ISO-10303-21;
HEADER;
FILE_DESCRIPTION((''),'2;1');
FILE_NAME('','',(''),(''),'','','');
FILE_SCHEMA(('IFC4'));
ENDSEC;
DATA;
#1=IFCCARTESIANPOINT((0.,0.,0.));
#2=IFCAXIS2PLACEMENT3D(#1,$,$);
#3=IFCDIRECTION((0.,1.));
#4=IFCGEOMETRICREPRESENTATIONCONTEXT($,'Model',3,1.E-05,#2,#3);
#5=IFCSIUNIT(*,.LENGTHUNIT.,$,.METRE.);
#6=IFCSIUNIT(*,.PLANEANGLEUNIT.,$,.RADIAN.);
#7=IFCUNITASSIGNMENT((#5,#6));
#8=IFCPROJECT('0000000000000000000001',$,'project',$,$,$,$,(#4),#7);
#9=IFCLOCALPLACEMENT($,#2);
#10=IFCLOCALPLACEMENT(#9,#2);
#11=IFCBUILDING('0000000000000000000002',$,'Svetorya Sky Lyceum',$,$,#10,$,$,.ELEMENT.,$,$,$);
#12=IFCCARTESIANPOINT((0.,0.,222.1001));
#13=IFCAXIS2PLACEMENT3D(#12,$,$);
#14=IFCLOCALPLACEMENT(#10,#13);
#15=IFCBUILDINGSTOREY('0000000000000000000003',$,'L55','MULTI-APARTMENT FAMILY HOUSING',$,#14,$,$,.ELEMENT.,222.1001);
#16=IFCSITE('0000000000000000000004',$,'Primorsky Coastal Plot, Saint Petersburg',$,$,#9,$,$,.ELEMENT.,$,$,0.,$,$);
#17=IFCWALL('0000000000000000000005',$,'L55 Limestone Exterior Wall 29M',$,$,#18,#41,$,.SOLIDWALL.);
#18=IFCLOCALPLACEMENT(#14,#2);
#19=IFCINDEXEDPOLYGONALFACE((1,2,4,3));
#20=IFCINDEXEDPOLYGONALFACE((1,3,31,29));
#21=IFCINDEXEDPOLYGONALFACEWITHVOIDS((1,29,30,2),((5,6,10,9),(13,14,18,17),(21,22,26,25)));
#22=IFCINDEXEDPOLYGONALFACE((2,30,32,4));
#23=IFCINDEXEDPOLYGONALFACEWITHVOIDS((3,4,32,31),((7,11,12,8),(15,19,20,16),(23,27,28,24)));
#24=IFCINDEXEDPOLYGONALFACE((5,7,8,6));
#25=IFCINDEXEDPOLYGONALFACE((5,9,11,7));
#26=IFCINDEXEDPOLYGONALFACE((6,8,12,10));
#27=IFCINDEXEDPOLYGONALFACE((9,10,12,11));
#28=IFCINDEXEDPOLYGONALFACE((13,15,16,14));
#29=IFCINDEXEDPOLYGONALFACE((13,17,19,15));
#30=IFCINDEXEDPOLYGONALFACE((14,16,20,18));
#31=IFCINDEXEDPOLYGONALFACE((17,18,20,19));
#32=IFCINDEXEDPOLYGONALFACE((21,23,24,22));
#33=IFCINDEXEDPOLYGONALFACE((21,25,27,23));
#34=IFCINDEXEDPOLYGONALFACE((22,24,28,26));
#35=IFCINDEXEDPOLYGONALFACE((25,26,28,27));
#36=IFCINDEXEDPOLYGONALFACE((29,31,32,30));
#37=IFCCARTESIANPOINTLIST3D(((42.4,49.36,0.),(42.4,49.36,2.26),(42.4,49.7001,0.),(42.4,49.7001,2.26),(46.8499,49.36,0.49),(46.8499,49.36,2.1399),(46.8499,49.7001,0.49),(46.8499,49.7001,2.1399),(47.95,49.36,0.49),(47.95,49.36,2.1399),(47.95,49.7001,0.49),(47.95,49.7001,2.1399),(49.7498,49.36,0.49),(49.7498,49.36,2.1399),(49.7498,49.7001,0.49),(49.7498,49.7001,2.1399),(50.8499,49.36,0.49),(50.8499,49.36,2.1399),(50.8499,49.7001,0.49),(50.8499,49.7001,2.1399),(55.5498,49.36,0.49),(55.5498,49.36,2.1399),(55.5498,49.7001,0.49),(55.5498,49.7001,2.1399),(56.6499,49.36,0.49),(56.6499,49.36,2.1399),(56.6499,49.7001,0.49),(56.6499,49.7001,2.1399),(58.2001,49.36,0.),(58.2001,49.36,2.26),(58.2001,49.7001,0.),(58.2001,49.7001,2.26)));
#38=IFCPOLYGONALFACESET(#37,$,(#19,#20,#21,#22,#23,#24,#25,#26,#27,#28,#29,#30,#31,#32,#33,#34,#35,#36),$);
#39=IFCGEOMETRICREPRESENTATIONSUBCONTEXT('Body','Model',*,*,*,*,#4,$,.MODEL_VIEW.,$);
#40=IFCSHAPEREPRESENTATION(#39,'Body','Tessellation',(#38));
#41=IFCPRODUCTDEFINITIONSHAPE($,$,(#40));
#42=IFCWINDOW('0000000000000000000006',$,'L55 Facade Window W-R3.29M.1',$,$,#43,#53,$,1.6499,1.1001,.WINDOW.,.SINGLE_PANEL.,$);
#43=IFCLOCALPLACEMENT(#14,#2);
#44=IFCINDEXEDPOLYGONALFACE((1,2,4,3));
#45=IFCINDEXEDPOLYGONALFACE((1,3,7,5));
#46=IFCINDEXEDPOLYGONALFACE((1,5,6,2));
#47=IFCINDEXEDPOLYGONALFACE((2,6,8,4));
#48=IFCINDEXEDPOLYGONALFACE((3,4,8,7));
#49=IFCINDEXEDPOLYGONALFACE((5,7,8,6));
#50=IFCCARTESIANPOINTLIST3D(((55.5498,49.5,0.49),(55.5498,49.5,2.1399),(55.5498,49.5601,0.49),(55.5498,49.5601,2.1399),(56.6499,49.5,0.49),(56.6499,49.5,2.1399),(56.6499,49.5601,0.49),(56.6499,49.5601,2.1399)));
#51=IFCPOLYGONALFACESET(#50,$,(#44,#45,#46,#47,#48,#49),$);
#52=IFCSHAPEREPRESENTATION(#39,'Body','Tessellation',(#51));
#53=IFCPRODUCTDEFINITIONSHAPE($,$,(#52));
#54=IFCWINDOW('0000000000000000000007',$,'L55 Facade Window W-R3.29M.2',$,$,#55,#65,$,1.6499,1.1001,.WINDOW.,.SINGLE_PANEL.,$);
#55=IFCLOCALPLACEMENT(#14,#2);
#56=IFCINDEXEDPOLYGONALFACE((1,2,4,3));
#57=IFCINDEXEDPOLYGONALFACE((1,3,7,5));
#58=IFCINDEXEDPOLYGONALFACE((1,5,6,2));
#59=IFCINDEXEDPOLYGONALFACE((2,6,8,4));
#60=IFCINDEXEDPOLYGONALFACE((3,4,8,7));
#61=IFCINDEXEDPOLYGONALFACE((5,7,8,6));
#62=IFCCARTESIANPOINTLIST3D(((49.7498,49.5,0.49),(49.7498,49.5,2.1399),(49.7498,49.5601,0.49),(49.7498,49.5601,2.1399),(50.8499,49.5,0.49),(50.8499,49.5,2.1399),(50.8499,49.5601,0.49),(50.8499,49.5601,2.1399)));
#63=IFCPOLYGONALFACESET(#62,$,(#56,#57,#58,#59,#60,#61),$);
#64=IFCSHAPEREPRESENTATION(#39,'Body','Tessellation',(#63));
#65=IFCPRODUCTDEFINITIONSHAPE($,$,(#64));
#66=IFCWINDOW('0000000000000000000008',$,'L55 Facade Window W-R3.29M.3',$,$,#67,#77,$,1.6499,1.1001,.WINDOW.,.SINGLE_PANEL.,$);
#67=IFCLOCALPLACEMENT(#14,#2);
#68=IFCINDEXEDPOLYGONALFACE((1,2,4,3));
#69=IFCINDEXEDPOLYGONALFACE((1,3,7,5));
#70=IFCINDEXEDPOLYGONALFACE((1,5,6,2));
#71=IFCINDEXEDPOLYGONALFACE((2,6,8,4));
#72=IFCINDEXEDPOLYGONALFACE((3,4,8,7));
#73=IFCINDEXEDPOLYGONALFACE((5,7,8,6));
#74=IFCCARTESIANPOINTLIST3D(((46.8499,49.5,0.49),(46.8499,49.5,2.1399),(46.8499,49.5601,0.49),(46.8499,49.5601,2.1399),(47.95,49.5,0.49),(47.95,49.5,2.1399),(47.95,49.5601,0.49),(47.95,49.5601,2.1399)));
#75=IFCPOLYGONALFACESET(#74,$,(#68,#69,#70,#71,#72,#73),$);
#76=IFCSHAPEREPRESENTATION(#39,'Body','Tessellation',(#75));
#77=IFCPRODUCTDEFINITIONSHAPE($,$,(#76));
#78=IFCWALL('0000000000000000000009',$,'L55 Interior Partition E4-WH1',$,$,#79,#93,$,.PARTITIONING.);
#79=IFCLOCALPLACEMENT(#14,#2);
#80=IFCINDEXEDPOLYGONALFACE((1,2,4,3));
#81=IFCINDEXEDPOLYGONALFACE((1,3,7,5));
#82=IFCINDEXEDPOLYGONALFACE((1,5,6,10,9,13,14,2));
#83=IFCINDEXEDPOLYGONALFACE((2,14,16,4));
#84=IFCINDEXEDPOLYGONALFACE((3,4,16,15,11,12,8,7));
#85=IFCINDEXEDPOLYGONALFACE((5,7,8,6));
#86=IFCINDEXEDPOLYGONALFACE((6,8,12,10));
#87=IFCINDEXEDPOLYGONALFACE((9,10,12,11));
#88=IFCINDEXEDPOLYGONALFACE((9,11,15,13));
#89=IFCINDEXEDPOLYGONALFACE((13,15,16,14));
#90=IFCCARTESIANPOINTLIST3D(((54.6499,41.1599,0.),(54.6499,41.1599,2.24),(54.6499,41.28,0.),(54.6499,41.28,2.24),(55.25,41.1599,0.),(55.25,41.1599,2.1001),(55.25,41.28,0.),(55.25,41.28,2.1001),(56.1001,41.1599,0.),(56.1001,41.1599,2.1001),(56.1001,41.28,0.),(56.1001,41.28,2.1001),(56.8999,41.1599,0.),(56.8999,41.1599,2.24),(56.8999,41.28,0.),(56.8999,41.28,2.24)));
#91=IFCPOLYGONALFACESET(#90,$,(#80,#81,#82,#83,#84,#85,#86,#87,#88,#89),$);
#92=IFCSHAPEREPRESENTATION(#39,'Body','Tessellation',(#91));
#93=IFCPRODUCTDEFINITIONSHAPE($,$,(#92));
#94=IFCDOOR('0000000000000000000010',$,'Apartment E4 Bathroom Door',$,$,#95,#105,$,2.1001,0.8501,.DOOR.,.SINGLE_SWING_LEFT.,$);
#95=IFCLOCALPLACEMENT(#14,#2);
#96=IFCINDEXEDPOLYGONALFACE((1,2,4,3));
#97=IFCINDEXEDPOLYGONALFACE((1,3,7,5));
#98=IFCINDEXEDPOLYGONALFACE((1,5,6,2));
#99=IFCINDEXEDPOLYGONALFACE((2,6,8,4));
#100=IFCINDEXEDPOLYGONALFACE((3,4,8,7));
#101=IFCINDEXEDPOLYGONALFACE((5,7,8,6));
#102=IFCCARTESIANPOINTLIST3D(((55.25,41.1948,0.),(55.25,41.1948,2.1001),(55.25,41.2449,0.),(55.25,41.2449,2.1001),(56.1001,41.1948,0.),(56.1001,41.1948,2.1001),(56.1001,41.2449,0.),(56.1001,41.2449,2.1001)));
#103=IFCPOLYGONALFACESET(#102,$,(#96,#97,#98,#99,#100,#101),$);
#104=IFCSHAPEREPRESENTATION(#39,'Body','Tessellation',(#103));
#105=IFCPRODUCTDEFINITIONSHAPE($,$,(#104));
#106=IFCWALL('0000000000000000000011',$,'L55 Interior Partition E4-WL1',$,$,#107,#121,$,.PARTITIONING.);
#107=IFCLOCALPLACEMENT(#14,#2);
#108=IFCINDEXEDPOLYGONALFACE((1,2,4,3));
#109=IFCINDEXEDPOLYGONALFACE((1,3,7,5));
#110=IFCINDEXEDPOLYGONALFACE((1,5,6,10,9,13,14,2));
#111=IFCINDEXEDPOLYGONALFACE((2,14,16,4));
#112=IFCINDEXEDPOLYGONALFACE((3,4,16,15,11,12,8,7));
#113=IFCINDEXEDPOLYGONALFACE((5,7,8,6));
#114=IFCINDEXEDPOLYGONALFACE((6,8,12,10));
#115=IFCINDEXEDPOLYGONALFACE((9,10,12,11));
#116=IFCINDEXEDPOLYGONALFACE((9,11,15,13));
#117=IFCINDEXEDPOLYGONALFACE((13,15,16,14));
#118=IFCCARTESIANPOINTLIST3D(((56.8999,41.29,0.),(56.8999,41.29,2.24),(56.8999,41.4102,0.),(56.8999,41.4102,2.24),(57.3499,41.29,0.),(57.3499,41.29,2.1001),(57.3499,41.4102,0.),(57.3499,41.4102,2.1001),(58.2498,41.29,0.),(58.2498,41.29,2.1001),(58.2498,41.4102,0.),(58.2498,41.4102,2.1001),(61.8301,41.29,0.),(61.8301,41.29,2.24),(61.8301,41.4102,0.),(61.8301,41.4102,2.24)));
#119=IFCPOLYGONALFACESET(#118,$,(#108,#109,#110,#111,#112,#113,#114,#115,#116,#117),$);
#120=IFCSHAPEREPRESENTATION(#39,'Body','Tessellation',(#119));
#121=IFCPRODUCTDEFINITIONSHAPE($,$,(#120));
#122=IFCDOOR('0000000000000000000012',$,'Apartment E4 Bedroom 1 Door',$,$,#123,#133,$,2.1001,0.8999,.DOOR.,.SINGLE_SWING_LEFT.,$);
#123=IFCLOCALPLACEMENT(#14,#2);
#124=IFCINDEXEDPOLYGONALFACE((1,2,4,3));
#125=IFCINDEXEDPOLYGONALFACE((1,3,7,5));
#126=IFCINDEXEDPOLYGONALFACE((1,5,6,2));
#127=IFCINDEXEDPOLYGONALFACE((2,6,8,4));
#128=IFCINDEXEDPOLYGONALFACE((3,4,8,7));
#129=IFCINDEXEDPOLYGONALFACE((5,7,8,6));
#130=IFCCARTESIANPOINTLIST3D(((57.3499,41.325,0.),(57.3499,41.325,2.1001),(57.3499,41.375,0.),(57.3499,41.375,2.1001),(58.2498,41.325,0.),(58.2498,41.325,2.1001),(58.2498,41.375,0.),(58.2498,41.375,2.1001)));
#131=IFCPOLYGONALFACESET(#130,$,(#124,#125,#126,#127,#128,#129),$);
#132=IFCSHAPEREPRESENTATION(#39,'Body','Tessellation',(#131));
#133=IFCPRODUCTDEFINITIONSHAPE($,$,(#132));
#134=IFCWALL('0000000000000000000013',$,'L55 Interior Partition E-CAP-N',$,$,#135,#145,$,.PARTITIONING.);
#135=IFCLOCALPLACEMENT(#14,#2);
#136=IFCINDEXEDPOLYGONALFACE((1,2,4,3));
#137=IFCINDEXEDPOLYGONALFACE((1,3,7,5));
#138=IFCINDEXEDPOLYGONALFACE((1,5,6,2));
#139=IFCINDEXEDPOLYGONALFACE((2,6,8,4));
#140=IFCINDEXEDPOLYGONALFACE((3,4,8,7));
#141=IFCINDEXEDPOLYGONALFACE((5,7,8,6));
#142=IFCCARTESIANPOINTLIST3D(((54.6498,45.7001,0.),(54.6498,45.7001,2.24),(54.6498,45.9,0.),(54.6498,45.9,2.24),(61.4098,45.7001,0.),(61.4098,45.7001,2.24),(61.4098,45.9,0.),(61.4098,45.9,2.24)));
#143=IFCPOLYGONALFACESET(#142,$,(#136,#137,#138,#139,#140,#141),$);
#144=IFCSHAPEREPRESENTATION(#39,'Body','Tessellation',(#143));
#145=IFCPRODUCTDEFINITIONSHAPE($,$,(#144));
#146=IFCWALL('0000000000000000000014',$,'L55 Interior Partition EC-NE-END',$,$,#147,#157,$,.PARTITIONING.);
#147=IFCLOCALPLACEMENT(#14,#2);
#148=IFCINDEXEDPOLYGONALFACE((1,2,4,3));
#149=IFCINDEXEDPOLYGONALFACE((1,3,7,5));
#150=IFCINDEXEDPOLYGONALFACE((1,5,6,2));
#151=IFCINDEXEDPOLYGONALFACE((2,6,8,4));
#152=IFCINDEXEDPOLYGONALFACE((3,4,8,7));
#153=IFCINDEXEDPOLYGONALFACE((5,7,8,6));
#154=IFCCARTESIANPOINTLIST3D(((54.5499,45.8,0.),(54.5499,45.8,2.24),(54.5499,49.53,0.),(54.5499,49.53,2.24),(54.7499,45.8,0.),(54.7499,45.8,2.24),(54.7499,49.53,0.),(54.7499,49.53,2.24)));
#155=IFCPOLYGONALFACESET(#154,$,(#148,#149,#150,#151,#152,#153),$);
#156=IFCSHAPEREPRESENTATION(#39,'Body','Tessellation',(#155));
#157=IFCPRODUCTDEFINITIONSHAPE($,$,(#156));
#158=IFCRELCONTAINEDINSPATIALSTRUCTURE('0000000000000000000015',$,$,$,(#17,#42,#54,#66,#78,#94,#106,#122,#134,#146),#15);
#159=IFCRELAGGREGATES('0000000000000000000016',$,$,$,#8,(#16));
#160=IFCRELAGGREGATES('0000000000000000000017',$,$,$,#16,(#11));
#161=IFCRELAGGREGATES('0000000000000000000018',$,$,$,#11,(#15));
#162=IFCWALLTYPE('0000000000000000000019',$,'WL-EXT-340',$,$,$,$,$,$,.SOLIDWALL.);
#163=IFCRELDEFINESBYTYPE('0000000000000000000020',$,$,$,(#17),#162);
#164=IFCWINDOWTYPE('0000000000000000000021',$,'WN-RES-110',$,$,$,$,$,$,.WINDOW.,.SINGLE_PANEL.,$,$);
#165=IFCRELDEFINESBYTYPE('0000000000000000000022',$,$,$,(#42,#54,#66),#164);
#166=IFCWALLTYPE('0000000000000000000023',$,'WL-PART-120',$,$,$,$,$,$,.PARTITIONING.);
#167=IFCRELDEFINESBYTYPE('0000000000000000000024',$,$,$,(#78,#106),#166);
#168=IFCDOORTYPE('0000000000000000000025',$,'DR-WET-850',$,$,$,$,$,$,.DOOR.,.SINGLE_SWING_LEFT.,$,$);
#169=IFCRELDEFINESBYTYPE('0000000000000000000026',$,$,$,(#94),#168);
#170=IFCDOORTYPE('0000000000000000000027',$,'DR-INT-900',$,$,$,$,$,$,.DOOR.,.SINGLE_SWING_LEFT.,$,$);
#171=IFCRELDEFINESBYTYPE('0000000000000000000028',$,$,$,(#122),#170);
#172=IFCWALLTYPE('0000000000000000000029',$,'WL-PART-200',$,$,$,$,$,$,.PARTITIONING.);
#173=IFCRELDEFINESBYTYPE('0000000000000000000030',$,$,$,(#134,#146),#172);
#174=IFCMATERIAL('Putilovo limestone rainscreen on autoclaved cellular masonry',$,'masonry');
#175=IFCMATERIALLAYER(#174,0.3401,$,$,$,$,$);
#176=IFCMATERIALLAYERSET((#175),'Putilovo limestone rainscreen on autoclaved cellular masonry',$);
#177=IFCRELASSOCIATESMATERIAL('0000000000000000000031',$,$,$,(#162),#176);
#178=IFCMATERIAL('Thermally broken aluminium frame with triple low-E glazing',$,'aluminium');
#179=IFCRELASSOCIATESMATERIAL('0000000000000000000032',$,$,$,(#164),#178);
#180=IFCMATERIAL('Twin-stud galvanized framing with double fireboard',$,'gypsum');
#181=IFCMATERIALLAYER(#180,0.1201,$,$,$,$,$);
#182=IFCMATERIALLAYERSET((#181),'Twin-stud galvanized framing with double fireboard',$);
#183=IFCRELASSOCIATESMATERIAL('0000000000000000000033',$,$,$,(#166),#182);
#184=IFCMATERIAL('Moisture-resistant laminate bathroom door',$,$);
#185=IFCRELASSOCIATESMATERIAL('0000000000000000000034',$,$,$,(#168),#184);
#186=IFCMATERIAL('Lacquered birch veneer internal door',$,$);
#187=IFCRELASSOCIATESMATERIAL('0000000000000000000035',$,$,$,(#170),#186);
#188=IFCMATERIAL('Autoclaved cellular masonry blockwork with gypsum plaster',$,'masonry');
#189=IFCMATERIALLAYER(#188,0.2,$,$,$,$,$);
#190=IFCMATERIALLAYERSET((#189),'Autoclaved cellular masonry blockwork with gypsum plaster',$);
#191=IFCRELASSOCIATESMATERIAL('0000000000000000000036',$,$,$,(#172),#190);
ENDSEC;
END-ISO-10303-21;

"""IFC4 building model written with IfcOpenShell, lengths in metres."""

from ifc_helpers import new_model, si_unit, direction, frame, frame_2d, origin, place, context, subcontext, project, spatial, rectangle, extrude, material, layer, layer_set, type_object, element, fill, save


model = new_model("IFC4")

# Units and contexts
model_context = context("Model", 3, precision=1e-05, world=origin(), true_north=direction((0.0, 1.0)))
body_context = subcontext(model_context, "Body", "Model", "MODEL_VIEW")
ifc_project = project(units=[si_unit("LENGTHUNIT", "METRE"), si_unit("PLANEANGLEUNIT", "RADIAN")], contexts=[model_context])

# Site, building, storey
site_placement = place(None, origin())
site = spatial("IfcSite", under=ifc_project, at=site_placement, Name="Primorsky Coastal Plot, Saint Petersburg", CompositionType="ELEMENT", RefElevation=0.0)
building_placement = place(site_placement, origin())
building = spatial("IfcBuilding", under=site, at=building_placement, Name="Svetorya Sky Lyceum", CompositionType="ELEMENT")
storey_placement = place(building_placement, frame((0.0, 0.0, 222.1001)))
storey = spatial("IfcBuildingStorey", under=building, at=storey_placement, Name="L55", Description="MULTI-APARTMENT FAMILY HOUSING", CompositionType="ELEMENT", Elevation=222.1001)

# Shared definitions
ifc_material_1 = material(Name="Putilovo limestone rainscreen on autoclaved cellular masonry", Category="masonry")
ifc_layer_1 = layer(ifc_material_1, 0.3401)
ifc_layer_set_1 = layer_set([ifc_layer_1], Name="Putilovo limestone rainscreen on autoclaved cellular masonry")
wall_type_1 = type_object("IfcWallType", Name="WL-EXT-340", PredefinedType="SOLIDWALL", material=ifc_layer_set_1)

# Wall, openings, windows
wall_1_placement = place(storey_placement, frame((58.2, 49.53, 0.0), z_axis=(0.0, 0.0, 1.0), x_axis=(-1.0, 0.0, 0.0)))
wall_1 = element("IfcWall", 1, at=wall_1_placement, inside=storey, type_object=wall_type_1, Name="L55 Limestone Exterior Wall 29M", PredefinedType="SOLIDWALL", context=body_context, shape_type="SweptSolid", body=[
    extrude(rectangle(XDim=15.8, YDim=0.3401, at=frame_2d((7.8999, 0.0))), origin(), (0.0, 0.0, 1.0), 2.26),
])
opening_1_placement = place(wall_1_placement, frame((1.55, 0.0, 0.49)))
opening_1 = element("IfcOpeningElement", 2, at=opening_1_placement, cuts=wall_1, PredefinedType="OPENING", context=body_context, shape_type="SweptSolid", body=[
    extrude(rectangle(XDim=1.1001, YDim=1.6499, at=frame_2d((0.55, 0.825))), frame((0.0, 0.1799, 0.0), z_axis=(0.0, -1.0, 0.0), x_axis=(1.0, 0.0, 0.0)), (0.0, 0.0, 1.0), 0.3601),
])
opening_2_placement = place(wall_1_placement, frame((7.3501, 0.0, 0.49)))
opening_2 = element("IfcOpeningElement", 3, at=opening_2_placement, cuts=wall_1, PredefinedType="OPENING", context=body_context, shape_type="SweptSolid", body=[
    extrude(rectangle(XDim=1.1001, YDim=1.6499, at=frame_2d((0.55, 0.825))), frame((0.0, 0.1799, 0.0), z_axis=(0.0, -1.0, 0.0), x_axis=(1.0, 0.0, 0.0)), (0.0, 0.0, 1.0), 0.3601),
])
opening_3_placement = place(wall_1_placement, frame((10.25, 0.0, 0.49)))
opening_3 = element("IfcOpeningElement", 4, at=opening_3_placement, cuts=wall_1, PredefinedType="OPENING", context=body_context, shape_type="SweptSolid", body=[
    extrude(rectangle(XDim=1.1001, YDim=1.6499, at=frame_2d((0.55, 0.825))), frame((0.0, 0.1799, 0.0), z_axis=(0.0, -1.0, 0.0), x_axis=(1.0, 0.0, 0.0)), (0.0, 0.0, 1.0), 0.3601),
])
ifc_material_2 = material(Name="Thermally broken aluminium frame with triple low-E glazing", Category="aluminium")
window_type = type_object("IfcWindowType", Name="WN-RES-110", PartitioningType="SINGLE_PANEL", PredefinedType="WINDOW", material=ifc_material_2)
window_1_placement = place(opening_1_placement, origin())
window_1 = element("IfcWindow", 5, at=window_1_placement, inside=storey, type_object=window_type, Name="L55 Facade Window W-R3.29M.1", OverallHeight=1.6499, OverallWidth=1.1001, PartitioningType="SINGLE_PANEL", PredefinedType="WINDOW", context=body_context, shape_type="SweptSolid", body=[
    extrude(rectangle(XDim=1.1001, YDim=1.6499, at=frame_2d((0.55, 0.825))), frame((0.0, 0.03, 0.0), z_axis=(0.0, -1.0, 0.0), x_axis=(1.0, 0.0, 0.0)), (0.0, 0.0, 1.0), 0.0601),
])
fill(opening_1, window_1)
window_2_placement = place(opening_2_placement, origin())
window_2 = element("IfcWindow", 6, at=window_2_placement, inside=storey, type_object=window_type, Name="L55 Facade Window W-R3.29M.2", OverallHeight=1.6499, OverallWidth=1.1001, PartitioningType="SINGLE_PANEL", PredefinedType="WINDOW", context=body_context, shape_type="SweptSolid", body=[
    extrude(rectangle(XDim=1.1001, YDim=1.6499, at=frame_2d((0.55, 0.825))), frame((0.0, 0.03, 0.0), z_axis=(0.0, -1.0, 0.0), x_axis=(1.0, 0.0, 0.0)), (0.0, 0.0, 1.0), 0.0601),
])
fill(opening_2, window_2)
window_3_placement = place(opening_3_placement, origin())
window_3 = element("IfcWindow", 7, at=window_3_placement, inside=storey, type_object=window_type, Name="L55 Facade Window W-R3.29M.3", OverallHeight=1.6499, OverallWidth=1.1001, PartitioningType="SINGLE_PANEL", PredefinedType="WINDOW", context=body_context, shape_type="SweptSolid", body=[
    extrude(rectangle(XDim=1.1001, YDim=1.6499, at=frame_2d((0.55, 0.825))), frame((0.0, 0.03, 0.0), z_axis=(0.0, -1.0, 0.0), x_axis=(1.0, 0.0, 0.0)), (0.0, 0.0, 1.0), 0.0601),
])
fill(opening_3, window_3)

# Walls, openings, doors
ifc_material_3 = material(Name="Twin-stud galvanized framing with double fireboard", Category="gypsum")
ifc_layer_2 = layer(ifc_material_3, 0.1201)
ifc_layer_set_2 = layer_set([ifc_layer_2], Name="Twin-stud galvanized framing with double fireboard")
wall_type_2 = type_object("IfcWallType", Name="WL-PART-120", PredefinedType="PARTITIONING", material=ifc_layer_set_2)
wall_2_placement = place(storey_placement, frame((54.6499, 41.22, 0.0), z_axis=(0.0, 0.0, 1.0), x_axis=(1.0, 0.0, 0.0)))
wall_2 = element("IfcWall", 8, at=wall_2_placement, inside=storey, type_object=wall_type_2, Name="L55 Interior Partition E4-WH1", PredefinedType="PARTITIONING", context=body_context, shape_type="SweptSolid", body=[
    extrude(rectangle(XDim=2.25, YDim=0.1201, at=frame_2d((1.125, 0.0))), origin(), (0.0, 0.0, 1.0), 2.24),
])
opening_4_placement = place(wall_2_placement, frame((0.6001, 0.0, 0.0)))
opening_4 = element("IfcOpeningElement", 9, at=opening_4_placement, cuts=wall_2, PredefinedType="OPENING", context=body_context, shape_type="SweptSolid", body=[
    extrude(rectangle(XDim=0.8501, YDim=2.1001, at=frame_2d((0.425, 1.05))), frame((0.0, 0.0701, 0.0), z_axis=(0.0, -1.0, 0.0), x_axis=(1.0, 0.0, 0.0)), (0.0, 0.0, 1.0), 0.1401),
])
ifc_material_4 = material(Name="Moisture-resistant laminate bathroom door")
door_type_1 = type_object("IfcDoorType", Name="DR-WET-850", OperationType="SINGLE_SWING_LEFT", PredefinedType="DOOR", material=ifc_material_4)
door_1_placement = place(opening_4_placement, origin())
door_1 = element("IfcDoor", 10, at=door_1_placement, inside=storey, type_object=door_type_1, Name="Apartment E4 Bathroom Door", OperationType="SINGLE_SWING_LEFT", OverallHeight=2.1001, OverallWidth=0.8501, PredefinedType="DOOR", context=body_context, shape_type="SweptSolid", body=[
    extrude(rectangle(XDim=0.8501, YDim=2.1001, at=frame_2d((0.425, 1.05))), frame((0.0, 0.0249, 0.0), z_axis=(0.0, -1.0, 0.0), x_axis=(1.0, 0.0, 0.0)), (0.0, 0.0, 1.0), 0.05),
])
fill(opening_4, door_1)
wall_3_placement = place(storey_placement, frame((56.8999, 41.3501, 0.0), z_axis=(0.0, 0.0, 1.0), x_axis=(1.0, 0.0, 0.0)))
wall_3 = element("IfcWall", 11, at=wall_3_placement, inside=storey, type_object=wall_type_2, Name="L55 Interior Partition E4-WL1", PredefinedType="PARTITIONING", context=body_context, shape_type="SweptSolid", body=[
    extrude(rectangle(XDim=4.9302, YDim=0.1201, at=frame_2d((2.4651, 0.0))), origin(), (0.0, 0.0, 1.0), 2.24),
])
opening_5_placement = place(wall_3_placement, frame((0.45, 0.0, 0.0)))
opening_5 = element("IfcOpeningElement", 12, at=opening_5_placement, cuts=wall_3, PredefinedType="OPENING", context=body_context, shape_type="SweptSolid", body=[
    extrude(rectangle(XDim=0.8999, YDim=2.1001, at=frame_2d((0.45, 1.05))), frame((0.0, 0.0701, 0.0), z_axis=(0.0, -1.0, 0.0), x_axis=(1.0, 0.0, 0.0)), (0.0, 0.0, 1.0), 0.1401),
])
ifc_material_5 = material(Name="Lacquered birch veneer internal door")
door_type_2 = type_object("IfcDoorType", Name="DR-INT-900", OperationType="SINGLE_SWING_LEFT", PredefinedType="DOOR", material=ifc_material_5)
door_2_placement = place(opening_5_placement, origin())
door_2 = element("IfcDoor", 13, at=door_2_placement, inside=storey, type_object=door_type_2, Name="Apartment E4 Bedroom 1 Door", OperationType="SINGLE_SWING_LEFT", OverallHeight=2.1001, OverallWidth=0.8999, PredefinedType="DOOR", context=body_context, shape_type="SweptSolid", body=[
    extrude(rectangle(XDim=0.8999, YDim=2.1001, at=frame_2d((0.45, 1.05))), frame((0.0, 0.0249, 0.0), z_axis=(0.0, -1.0, 0.0), x_axis=(1.0, 0.0, 0.0)), (0.0, 0.0, 1.0), 0.05),
])
fill(opening_5, door_2)

# Walls
ifc_material_6 = material(Name="Autoclaved cellular masonry blockwork with gypsum plaster", Category="masonry")
ifc_layer_3 = layer(ifc_material_6, 0.2)
ifc_layer_set_3 = layer_set([ifc_layer_3], Name="Autoclaved cellular masonry blockwork with gypsum plaster")
wall_type_3 = type_object("IfcWallType", Name="WL-PART-200", PredefinedType="PARTITIONING", material=ifc_layer_set_3)
wall_4_placement = place(storey_placement, frame((54.6499, 45.8, 0.0), z_axis=(0.0, 0.0, 1.0), x_axis=(1.0, 0.0, 0.0)))
element("IfcWall", 14, at=wall_4_placement, inside=storey, type_object=wall_type_3, Name="L55 Interior Partition E-CAP-N", PredefinedType="PARTITIONING", context=body_context, shape_type="SweptSolid", body=[
    extrude(rectangle(XDim=6.76, YDim=0.2, at=frame_2d((3.3799, 0.0))), origin(), (0.0, 0.0, 1.0), 2.24),
])
wall_5_placement = place(storey_placement, frame((54.6499, 45.8, 0.0), z_axis=(0.0, 0.0, 1.0), x_axis=(0.0, 1.0, 0.0)))
element("IfcWall", 15, at=wall_5_placement, inside=storey, type_object=wall_type_3, Name="L55 Interior Partition EC-NE-END", PredefinedType="PARTITIONING", context=body_context, shape_type="SweptSolid", body=[
    extrude(rectangle(XDim=3.73, YDim=0.2, at=frame_2d((1.865, 0.0))), origin(), (0.0, 0.0, 1.0), 2.24),
])

save(model, "model.ifc")
